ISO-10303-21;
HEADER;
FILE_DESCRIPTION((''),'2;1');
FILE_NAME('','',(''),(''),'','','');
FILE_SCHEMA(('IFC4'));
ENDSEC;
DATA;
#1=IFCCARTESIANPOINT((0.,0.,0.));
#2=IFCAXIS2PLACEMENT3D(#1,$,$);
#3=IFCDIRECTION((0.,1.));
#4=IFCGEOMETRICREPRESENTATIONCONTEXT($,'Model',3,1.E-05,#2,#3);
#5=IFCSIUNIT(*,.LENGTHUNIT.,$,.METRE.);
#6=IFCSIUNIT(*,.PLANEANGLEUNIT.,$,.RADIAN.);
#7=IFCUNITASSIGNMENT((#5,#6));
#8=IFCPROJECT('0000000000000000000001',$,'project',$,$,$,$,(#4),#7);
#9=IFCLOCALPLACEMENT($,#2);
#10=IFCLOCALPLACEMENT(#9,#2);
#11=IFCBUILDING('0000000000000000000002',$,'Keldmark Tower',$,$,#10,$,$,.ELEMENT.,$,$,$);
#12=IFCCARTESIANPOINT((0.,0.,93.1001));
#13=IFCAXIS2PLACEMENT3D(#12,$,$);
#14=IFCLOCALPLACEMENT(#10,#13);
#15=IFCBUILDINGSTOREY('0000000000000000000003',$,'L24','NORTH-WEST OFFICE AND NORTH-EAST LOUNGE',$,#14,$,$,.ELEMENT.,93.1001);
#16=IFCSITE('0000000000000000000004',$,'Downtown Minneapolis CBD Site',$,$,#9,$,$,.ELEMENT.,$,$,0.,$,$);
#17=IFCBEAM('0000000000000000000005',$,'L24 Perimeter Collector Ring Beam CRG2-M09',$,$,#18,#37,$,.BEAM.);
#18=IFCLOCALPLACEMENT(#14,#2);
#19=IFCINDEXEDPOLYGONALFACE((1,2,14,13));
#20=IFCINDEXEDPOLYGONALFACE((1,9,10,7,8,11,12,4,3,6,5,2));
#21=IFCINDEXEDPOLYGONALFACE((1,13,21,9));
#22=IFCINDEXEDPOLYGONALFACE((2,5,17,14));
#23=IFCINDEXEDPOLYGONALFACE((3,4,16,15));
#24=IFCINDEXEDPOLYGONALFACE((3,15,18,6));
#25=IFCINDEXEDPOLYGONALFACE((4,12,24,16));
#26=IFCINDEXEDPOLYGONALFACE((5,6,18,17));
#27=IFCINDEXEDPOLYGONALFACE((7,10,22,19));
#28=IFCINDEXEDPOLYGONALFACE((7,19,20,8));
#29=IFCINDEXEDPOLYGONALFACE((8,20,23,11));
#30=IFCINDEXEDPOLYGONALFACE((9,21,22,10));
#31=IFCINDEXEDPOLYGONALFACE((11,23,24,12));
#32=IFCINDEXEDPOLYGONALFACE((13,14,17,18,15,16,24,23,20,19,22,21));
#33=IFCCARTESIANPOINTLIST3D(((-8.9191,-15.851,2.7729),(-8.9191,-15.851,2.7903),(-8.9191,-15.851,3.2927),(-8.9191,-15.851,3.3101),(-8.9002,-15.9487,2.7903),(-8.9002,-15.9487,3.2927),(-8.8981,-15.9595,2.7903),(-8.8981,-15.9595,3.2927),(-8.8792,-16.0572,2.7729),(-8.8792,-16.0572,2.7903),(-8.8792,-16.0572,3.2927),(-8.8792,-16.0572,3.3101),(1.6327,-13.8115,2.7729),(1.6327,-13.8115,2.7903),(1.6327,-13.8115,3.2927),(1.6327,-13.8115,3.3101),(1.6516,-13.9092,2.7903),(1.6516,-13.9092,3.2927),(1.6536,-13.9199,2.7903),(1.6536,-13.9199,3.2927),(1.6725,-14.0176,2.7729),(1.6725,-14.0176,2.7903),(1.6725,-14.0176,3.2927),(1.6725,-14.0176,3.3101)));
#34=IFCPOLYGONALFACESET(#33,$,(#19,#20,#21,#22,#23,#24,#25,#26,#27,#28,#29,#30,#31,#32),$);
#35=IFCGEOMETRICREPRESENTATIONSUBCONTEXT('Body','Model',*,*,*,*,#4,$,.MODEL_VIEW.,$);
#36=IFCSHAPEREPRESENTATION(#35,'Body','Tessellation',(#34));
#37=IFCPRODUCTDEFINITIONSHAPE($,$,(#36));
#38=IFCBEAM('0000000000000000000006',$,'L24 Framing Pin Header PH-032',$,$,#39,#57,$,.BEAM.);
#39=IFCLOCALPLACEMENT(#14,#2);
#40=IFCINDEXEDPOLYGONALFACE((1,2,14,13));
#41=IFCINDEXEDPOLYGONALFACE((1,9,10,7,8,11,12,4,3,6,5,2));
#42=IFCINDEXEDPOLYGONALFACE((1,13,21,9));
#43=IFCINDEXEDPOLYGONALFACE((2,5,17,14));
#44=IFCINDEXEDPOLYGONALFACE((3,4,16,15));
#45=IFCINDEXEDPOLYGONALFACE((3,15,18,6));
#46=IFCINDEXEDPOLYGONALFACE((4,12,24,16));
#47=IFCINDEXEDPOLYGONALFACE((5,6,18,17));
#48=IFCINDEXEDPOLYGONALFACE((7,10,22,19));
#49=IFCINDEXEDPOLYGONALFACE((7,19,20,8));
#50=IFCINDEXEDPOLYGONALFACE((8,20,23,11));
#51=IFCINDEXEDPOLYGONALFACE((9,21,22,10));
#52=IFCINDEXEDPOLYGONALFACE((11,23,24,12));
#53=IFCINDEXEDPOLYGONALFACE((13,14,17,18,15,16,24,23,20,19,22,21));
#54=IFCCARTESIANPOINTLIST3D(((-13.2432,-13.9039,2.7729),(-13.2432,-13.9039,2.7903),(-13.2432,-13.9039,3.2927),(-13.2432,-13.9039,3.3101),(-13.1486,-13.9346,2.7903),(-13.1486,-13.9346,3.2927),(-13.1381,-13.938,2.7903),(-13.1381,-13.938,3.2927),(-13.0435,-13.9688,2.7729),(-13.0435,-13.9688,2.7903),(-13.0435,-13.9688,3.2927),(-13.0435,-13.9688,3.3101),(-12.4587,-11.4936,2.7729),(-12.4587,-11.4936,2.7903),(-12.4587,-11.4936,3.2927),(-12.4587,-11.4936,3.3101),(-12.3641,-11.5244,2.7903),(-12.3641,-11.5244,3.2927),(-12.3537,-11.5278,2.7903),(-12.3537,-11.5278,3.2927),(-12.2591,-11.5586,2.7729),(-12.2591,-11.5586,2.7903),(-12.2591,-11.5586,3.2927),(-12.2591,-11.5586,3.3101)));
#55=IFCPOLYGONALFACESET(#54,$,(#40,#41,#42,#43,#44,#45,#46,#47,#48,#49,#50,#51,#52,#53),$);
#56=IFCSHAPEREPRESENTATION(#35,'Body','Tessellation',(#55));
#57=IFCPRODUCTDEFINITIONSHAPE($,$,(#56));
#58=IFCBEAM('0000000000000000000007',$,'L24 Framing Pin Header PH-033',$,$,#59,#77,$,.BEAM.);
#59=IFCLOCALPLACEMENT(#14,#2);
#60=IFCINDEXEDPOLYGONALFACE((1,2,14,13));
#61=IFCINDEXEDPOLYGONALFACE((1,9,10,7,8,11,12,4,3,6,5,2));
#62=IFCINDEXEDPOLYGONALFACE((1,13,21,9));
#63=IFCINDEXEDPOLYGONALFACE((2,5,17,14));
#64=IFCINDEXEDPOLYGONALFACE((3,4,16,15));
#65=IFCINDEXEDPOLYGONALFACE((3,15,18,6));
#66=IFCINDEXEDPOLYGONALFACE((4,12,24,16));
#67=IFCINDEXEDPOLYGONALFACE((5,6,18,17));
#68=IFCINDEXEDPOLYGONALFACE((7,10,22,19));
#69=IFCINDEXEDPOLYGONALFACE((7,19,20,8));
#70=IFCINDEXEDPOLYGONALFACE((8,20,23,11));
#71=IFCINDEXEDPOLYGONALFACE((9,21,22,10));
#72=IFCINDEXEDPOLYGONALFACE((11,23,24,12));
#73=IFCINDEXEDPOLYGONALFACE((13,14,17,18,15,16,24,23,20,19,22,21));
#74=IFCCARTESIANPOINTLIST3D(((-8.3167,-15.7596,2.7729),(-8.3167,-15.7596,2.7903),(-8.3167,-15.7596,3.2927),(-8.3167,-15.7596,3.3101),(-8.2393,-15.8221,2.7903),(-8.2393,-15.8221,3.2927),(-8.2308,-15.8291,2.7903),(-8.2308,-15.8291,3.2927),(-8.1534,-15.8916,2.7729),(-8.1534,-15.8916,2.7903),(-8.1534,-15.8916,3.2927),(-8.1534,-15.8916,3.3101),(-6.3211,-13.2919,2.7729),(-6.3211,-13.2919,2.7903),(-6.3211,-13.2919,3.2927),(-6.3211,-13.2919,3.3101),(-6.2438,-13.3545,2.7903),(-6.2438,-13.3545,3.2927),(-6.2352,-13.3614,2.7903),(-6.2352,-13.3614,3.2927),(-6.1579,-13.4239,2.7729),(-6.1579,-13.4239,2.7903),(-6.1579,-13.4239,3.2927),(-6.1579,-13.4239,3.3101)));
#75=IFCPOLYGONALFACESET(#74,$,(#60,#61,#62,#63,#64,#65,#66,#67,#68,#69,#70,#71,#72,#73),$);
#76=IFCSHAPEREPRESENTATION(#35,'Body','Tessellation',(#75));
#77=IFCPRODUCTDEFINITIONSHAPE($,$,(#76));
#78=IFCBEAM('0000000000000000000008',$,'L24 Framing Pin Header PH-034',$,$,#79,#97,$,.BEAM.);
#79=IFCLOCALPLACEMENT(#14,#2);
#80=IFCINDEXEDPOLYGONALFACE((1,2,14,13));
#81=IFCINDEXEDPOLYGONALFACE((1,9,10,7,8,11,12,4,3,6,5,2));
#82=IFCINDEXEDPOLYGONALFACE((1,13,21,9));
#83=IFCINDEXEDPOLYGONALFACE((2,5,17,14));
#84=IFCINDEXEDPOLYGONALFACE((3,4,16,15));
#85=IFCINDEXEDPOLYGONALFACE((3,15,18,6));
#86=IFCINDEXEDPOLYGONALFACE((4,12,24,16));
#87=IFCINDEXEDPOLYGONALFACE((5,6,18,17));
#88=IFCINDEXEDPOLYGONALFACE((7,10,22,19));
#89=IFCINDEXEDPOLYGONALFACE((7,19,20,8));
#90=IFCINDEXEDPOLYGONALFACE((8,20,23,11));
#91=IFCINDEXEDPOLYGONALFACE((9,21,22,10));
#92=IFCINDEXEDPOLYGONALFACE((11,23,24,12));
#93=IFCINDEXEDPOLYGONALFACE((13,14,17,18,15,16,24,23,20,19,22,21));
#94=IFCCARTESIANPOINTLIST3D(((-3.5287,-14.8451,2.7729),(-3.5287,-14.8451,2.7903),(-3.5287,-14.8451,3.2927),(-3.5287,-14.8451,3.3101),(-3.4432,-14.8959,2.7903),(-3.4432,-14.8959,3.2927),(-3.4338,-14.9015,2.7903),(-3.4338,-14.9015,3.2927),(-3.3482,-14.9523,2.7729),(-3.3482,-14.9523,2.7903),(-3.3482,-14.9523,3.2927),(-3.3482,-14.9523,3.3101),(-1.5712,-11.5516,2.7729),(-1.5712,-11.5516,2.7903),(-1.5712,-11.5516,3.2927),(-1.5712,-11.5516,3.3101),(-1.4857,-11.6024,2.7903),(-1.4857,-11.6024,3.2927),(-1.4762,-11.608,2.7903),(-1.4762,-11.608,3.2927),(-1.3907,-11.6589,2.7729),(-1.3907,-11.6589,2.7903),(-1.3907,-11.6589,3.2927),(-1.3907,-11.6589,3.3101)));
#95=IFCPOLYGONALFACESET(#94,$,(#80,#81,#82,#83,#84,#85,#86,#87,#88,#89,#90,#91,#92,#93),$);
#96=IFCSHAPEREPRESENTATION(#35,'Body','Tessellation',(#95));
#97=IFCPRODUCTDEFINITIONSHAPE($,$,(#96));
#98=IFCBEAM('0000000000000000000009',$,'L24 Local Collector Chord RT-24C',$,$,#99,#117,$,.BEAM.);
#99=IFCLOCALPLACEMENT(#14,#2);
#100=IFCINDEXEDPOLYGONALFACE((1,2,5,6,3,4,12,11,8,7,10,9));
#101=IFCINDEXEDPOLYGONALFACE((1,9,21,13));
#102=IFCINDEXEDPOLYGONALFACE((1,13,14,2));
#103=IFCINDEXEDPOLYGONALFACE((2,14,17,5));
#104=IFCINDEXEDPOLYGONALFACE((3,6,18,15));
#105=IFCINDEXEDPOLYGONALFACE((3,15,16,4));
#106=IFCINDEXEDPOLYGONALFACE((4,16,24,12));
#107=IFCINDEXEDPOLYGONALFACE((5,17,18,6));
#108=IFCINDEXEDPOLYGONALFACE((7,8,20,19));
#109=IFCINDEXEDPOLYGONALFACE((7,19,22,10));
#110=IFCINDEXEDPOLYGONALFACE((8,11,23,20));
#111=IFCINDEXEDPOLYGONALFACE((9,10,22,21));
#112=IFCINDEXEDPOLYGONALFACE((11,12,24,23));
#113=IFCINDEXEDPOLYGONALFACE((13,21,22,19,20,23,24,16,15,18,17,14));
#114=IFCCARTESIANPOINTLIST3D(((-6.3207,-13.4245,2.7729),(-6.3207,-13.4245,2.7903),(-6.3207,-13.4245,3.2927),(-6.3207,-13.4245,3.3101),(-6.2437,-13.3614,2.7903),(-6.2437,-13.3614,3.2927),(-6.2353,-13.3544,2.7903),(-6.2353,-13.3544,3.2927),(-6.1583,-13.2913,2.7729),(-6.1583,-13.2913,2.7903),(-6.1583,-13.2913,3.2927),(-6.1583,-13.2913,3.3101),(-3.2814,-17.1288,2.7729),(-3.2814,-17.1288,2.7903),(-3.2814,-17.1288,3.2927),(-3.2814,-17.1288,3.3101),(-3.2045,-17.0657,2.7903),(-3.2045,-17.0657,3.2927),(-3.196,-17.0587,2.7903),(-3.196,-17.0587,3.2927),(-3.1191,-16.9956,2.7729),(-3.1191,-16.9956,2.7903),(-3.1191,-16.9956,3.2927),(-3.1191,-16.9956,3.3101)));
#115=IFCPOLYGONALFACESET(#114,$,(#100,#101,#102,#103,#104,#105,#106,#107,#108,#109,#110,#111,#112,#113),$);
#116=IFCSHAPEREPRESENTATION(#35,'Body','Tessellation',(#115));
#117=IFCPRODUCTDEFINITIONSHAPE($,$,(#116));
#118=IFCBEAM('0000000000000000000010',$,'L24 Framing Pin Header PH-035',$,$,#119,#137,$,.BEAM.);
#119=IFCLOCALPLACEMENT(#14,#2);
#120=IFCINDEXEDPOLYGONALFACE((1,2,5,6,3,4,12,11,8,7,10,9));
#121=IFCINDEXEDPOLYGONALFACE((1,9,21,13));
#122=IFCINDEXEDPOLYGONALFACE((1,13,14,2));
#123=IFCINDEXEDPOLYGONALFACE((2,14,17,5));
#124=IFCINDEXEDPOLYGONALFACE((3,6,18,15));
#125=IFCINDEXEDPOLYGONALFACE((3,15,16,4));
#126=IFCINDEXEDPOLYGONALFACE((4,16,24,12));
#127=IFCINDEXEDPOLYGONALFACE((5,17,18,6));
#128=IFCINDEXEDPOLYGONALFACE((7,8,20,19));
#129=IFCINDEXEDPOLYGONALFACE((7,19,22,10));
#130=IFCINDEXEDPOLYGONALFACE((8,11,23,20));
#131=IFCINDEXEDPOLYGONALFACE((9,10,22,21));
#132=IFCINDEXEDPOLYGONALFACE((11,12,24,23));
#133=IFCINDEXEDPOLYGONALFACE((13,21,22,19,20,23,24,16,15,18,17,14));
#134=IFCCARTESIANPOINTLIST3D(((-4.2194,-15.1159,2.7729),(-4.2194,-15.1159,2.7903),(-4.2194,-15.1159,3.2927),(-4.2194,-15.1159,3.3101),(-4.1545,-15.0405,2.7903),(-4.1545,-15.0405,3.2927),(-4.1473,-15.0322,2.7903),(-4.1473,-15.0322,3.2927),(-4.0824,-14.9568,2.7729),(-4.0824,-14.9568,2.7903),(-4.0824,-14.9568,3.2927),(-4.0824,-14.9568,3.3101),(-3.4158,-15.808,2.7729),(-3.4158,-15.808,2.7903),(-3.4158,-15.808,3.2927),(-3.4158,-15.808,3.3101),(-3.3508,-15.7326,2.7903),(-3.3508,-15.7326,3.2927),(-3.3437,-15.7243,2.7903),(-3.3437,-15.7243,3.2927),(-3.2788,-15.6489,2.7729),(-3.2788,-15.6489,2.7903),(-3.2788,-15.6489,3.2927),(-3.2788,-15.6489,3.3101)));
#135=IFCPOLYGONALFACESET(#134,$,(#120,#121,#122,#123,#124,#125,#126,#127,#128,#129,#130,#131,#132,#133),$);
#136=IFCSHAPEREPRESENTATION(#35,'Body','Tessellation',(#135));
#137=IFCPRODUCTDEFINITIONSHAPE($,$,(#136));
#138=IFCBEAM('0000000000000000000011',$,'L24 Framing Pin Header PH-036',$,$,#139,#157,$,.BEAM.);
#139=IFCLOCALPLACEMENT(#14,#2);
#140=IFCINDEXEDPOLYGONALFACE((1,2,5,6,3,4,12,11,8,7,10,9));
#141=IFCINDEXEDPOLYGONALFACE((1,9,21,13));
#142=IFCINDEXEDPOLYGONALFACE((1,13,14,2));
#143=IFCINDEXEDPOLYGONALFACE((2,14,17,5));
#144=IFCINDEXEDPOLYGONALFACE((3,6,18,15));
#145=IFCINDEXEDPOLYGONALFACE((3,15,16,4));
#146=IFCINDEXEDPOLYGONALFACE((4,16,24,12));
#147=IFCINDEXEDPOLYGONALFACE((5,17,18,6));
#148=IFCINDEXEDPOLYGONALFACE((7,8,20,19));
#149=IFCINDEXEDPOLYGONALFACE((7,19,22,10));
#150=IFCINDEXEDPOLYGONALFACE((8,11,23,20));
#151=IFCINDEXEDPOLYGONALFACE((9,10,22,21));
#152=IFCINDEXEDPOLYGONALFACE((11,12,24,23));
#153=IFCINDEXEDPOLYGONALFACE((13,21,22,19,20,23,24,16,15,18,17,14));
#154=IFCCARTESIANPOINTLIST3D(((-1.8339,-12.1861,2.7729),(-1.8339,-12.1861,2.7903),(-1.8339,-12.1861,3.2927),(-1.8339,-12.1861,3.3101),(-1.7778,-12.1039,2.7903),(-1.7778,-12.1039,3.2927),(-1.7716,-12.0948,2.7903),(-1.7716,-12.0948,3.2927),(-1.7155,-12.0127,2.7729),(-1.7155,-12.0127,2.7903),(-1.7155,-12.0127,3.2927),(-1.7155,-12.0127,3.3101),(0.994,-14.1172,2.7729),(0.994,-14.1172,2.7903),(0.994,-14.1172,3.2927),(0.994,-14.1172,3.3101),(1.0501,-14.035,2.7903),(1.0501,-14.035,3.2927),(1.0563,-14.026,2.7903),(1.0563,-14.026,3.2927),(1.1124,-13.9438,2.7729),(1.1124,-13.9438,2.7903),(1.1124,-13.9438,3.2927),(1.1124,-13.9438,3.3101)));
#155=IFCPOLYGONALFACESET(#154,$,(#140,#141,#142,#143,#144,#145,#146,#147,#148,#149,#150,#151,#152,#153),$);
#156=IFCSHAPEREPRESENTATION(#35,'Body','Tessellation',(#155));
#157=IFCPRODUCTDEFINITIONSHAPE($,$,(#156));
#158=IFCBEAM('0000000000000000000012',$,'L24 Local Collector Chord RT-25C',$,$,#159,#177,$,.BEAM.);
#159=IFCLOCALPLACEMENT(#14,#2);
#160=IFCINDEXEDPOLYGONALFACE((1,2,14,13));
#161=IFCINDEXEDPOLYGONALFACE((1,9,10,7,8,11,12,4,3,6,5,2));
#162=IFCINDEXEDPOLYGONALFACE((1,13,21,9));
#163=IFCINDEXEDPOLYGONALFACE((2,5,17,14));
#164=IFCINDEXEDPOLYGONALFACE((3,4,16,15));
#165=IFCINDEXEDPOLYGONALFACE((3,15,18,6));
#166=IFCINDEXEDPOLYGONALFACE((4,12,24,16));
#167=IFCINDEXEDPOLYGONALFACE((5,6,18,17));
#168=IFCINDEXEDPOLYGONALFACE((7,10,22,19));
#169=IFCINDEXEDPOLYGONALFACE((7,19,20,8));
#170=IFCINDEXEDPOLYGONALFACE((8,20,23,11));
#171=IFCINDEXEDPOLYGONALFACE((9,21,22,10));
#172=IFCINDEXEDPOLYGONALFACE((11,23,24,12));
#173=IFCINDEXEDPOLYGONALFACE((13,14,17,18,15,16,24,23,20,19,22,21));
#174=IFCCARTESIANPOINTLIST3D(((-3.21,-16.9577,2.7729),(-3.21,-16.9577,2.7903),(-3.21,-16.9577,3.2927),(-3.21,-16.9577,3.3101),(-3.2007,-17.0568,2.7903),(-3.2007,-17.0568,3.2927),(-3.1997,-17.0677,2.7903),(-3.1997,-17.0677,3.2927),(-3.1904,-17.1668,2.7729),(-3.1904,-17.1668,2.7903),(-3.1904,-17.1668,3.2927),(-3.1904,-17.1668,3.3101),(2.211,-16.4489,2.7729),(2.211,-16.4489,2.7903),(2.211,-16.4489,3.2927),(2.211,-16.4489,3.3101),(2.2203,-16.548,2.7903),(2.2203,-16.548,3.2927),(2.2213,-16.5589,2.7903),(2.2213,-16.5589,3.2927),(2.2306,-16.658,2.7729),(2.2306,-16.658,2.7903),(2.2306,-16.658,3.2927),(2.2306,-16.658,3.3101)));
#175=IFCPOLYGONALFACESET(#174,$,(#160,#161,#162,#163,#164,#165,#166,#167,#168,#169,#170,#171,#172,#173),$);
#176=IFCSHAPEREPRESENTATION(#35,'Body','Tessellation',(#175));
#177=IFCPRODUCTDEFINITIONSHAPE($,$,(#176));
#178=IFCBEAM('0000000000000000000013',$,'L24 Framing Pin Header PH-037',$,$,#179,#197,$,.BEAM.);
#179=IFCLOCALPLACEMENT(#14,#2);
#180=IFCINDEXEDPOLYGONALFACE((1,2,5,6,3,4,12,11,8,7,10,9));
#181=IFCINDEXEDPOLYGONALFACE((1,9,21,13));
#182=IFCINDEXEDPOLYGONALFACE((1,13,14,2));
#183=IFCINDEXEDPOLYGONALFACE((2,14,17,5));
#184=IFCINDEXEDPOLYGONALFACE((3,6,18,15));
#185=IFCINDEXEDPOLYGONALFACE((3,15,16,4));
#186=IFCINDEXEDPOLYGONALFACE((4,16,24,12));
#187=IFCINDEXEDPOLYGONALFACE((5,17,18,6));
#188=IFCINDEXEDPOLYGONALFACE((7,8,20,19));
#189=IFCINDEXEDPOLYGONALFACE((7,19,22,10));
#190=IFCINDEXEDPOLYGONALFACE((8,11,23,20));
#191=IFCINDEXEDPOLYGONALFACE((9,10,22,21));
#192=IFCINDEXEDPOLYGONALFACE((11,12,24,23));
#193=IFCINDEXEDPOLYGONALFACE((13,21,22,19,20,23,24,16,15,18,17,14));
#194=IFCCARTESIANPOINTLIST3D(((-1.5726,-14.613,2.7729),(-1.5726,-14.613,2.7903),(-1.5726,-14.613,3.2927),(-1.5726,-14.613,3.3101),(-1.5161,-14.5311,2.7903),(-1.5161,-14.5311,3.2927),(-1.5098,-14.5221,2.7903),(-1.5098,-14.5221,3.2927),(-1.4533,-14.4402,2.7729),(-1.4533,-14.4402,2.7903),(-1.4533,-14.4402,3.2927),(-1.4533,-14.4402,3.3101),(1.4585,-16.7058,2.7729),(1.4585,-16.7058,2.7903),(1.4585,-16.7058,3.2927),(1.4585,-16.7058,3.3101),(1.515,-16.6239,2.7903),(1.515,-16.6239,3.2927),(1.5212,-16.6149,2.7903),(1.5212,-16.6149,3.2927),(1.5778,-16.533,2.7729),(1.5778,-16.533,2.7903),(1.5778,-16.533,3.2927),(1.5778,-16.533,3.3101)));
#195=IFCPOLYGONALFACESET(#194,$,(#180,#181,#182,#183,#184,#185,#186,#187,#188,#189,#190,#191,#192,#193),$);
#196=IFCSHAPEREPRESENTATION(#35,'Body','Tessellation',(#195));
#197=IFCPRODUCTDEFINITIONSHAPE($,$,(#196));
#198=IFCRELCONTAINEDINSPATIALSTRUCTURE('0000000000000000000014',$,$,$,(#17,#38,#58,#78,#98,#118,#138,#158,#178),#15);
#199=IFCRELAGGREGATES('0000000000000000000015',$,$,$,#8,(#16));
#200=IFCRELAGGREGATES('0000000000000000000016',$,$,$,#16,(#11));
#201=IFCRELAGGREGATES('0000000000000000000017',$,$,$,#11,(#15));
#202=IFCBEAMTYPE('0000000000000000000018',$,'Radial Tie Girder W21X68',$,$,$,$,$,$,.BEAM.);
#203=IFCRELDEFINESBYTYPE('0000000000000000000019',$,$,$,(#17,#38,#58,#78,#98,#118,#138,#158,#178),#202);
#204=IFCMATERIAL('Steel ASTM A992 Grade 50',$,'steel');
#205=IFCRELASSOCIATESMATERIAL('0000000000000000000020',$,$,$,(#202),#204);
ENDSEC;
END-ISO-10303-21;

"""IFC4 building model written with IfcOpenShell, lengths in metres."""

from ifc_helpers import new_model, si_unit, direction, frame, origin, origin_2d, place, context, subcontext, project, spatial, i_section, extrude, material, material_profile, profile_set, type_object, element, save


model = new_model("IFC4")

# Units and contexts
model_context = context("Model", 3, precision=1e-05, world=origin(), true_north=direction((0.0, 1.0)))
body_context = subcontext(model_context, "Body", "Model", "MODEL_VIEW")
ifc_project = project(units=[si_unit("LENGTHUNIT", "METRE"), si_unit("PLANEANGLEUNIT", "RADIAN")], contexts=[model_context])

# Site, building, storey
site_placement = place(None, origin())
site = spatial("IfcSite", under=ifc_project, at=site_placement, Name="Downtown Minneapolis CBD Site", CompositionType="ELEMENT", RefElevation=0.0)
building_placement = place(site_placement, origin())
building = spatial("IfcBuilding", under=site, at=building_placement, Name="Keldmark Tower", CompositionType="ELEMENT")
storey_placement = place(building_placement, frame((0.0, 0.0, 93.1001)))
storey = spatial("IfcBuildingStorey", under=building, at=storey_placement, Name="L24", Description="NORTH-WEST OFFICE AND NORTH-EAST LOUNGE", CompositionType="ELEMENT", Elevation=93.1001)

# Beams
ifc_material_1 = material(Name="Steel ASTM A992 Grade 50", Category="steel")
ifc_material_profile_1 = material_profile(ifc_material_1, i_section(OverallWidth=0.21, OverallDepth=0.5371, WebThickness=0.011, FlangeThickness=0.0173, at=origin_2d()), Name="W21X68")
ifc_profile_set_1 = profile_set([ifc_material_profile_1], Name="Steel ASTM A992 Grade 50")
beam_type_1 = type_object("IfcBeamType", Name="Radial Tie Girder W21X68", PredefinedType="BEAM", material=ifc_profile_set_1)
beam_1_placement = place(storey_placement, frame((-8.8992, -15.9541, 3.0415), z_axis=(0.981827, 0.189778, 0.0), x_axis=(-0.189778, 0.981827, 0.0)))
element("IfcBeam", 1, at=beam_1_placement, inside=storey, type_object=beam_type_1, Name="L24 Perimeter Collector Ring Beam CRG2-M09", PredefinedType="BEAM", context=body_context, shape_type="SweptSolid", body=[
    extrude(i_section(OverallWidth=0.21, OverallDepth=0.5371, WebThickness=0.011, FlangeThickness=0.0173, at=origin_2d()), origin(), (0.0, 0.0, 1.0), 10.7471),
])
beam_2_placement = place(storey_placement, frame((-12.3589, -11.5261, 3.0415), z_axis=(-0.309487, -0.950904, 0.0), x_axis=(0.950904, -0.309487, 0.0)))
element("IfcBeam", 2, at=beam_2_placement, inside=storey, type_object=beam_type_1, Name="L24 Framing Pin Header PH-032", PredefinedType="BEAM", context=body_context, shape_type="SweptSolid", body=[
    extrude(i_section(OverallWidth=0.21, OverallDepth=0.5371, WebThickness=0.011, FlangeThickness=0.0173, at=origin_2d()), origin(), (0.0, 0.0, 1.0), 2.5347),
])
beam_3_placement = place(storey_placement, frame((-6.2395, -13.3579, 3.0415), z_axis=(-0.628795, -0.777571, 0.0), x_axis=(0.777571, -0.628795, 0.0)))
element("IfcBeam", 3, at=beam_3_placement, inside=storey, type_object=beam_type_1, Name="L24 Framing Pin Header PH-033", PredefinedType="BEAM", context=body_context, shape_type="SweptSolid", body=[
    extrude(i_section(OverallWidth=0.21, OverallDepth=0.5371, WebThickness=0.011, FlangeThickness=0.0173, at=origin_2d()), origin(), (0.0, 0.0, 1.0), 3.1736),
])
beam_4_placement = place(storey_placement, frame((-1.481, -11.6052, 3.0415), z_axis=(-0.51093, -0.859622, 0.0), x_axis=(0.859622, -0.51093, 0.0)))
element("IfcBeam", 4, at=beam_4_placement, inside=storey, type_object=beam_type_1, Name="L24 Framing Pin Header PH-034", PredefinedType="BEAM", context=body_context, shape_type="SweptSolid", body=[
    extrude(i_section(OverallWidth=0.21, OverallDepth=0.5371, WebThickness=0.011, FlangeThickness=0.0173, at=origin_2d()), origin(), (0.0, 0.0, 1.0), 3.8313),
])
beam_5_placement = place(storey_placement, frame((-6.2395, -13.3579, 3.0415), z_axis=(0.634297, -0.773089, 0.0), x_axis=(0.773089, 0.634297, 0.0)))
element("IfcBeam", 5, at=beam_5_placement, inside=storey, type_object=beam_type_1, Name="L24 Local Collector Chord RT-24C", PredefinedType="BEAM", context=body_context, shape_type="SweptSolid", body=[
    extrude(i_section(OverallWidth=0.21, OverallDepth=0.5371, WebThickness=0.011, FlangeThickness=0.0173, at=origin_2d()), origin(), (0.0, 0.0, 1.0), 4.7915),
])
beam_6_placement = place(storey_placement, frame((-4.1509, -15.0364, 3.0415), z_axis=(0.757744, -0.652553, 0.0), x_axis=(0.652553, 0.757744, 0.0)))
element("IfcBeam", 6, at=beam_6_placement, inside=storey, type_object=beam_type_1, Name="L24 Framing Pin Header PH-035", PredefinedType="BEAM", context=body_context, shape_type="SweptSolid", body=[
    extrude(i_section(OverallWidth=0.21, OverallDepth=0.5371, WebThickness=0.011, FlangeThickness=0.0173, at=origin_2d()), origin(), (0.0, 0.0, 1.0), 1.0605),
])
beam_7_placement = place(storey_placement, frame((-1.7747, -12.0994, 3.0415), z_axis=(0.825812, -0.563945, 0.0), x_axis=(0.563945, 0.825812, 0.0)))
element("IfcBeam", 7, at=beam_7_placement, inside=storey, type_object=beam_type_1, Name="L24 Framing Pin Header PH-036", PredefinedType="BEAM", context=body_context, shape_type="SweptSolid", body=[
    extrude(i_section(OverallWidth=0.21, OverallDepth=0.5371, WebThickness=0.011, FlangeThickness=0.0173, at=origin_2d()), origin(), (0.0, 0.0, 1.0), 3.4243),
])
beam_8_placement = place(storey_placement, frame((-3.2002, -17.0623, 3.0415), z_axis=(0.995624, 0.093446, 0.0), x_axis=(-0.093446, 0.995624, 0.0)))
element("IfcBeam", 8, at=beam_8_placement, inside=storey, type_object=beam_type_1, Name="L24 Local Collector Chord RT-25C", PredefinedType="BEAM", context=body_context, shape_type="SweptSolid", body=[
    extrude(i_section(OverallWidth=0.21, OverallDepth=0.5371, WebThickness=0.011, FlangeThickness=0.0173, at=origin_2d()), origin(), (0.0, 0.0, 1.0), 5.4448),
])
beam_9_placement = place(storey_placement, frame((-1.5129, -14.5266, 3.0415), z_axis=(0.822905, -0.568179, 0.0), x_axis=(0.568179, 0.822905, 0.0)))
element("IfcBeam", 9, at=beam_9_placement, inside=storey, type_object=beam_type_1, Name="L24 Framing Pin Header PH-037", PredefinedType="BEAM", context=body_context, shape_type="SweptSolid", body=[
    extrude(i_section(OverallWidth=0.21, OverallDepth=0.5371, WebThickness=0.011, FlangeThickness=0.0173, at=origin_2d()), origin(), (0.0, 0.0, 1.0), 3.6833),
])

save(model, "model.ifc")
